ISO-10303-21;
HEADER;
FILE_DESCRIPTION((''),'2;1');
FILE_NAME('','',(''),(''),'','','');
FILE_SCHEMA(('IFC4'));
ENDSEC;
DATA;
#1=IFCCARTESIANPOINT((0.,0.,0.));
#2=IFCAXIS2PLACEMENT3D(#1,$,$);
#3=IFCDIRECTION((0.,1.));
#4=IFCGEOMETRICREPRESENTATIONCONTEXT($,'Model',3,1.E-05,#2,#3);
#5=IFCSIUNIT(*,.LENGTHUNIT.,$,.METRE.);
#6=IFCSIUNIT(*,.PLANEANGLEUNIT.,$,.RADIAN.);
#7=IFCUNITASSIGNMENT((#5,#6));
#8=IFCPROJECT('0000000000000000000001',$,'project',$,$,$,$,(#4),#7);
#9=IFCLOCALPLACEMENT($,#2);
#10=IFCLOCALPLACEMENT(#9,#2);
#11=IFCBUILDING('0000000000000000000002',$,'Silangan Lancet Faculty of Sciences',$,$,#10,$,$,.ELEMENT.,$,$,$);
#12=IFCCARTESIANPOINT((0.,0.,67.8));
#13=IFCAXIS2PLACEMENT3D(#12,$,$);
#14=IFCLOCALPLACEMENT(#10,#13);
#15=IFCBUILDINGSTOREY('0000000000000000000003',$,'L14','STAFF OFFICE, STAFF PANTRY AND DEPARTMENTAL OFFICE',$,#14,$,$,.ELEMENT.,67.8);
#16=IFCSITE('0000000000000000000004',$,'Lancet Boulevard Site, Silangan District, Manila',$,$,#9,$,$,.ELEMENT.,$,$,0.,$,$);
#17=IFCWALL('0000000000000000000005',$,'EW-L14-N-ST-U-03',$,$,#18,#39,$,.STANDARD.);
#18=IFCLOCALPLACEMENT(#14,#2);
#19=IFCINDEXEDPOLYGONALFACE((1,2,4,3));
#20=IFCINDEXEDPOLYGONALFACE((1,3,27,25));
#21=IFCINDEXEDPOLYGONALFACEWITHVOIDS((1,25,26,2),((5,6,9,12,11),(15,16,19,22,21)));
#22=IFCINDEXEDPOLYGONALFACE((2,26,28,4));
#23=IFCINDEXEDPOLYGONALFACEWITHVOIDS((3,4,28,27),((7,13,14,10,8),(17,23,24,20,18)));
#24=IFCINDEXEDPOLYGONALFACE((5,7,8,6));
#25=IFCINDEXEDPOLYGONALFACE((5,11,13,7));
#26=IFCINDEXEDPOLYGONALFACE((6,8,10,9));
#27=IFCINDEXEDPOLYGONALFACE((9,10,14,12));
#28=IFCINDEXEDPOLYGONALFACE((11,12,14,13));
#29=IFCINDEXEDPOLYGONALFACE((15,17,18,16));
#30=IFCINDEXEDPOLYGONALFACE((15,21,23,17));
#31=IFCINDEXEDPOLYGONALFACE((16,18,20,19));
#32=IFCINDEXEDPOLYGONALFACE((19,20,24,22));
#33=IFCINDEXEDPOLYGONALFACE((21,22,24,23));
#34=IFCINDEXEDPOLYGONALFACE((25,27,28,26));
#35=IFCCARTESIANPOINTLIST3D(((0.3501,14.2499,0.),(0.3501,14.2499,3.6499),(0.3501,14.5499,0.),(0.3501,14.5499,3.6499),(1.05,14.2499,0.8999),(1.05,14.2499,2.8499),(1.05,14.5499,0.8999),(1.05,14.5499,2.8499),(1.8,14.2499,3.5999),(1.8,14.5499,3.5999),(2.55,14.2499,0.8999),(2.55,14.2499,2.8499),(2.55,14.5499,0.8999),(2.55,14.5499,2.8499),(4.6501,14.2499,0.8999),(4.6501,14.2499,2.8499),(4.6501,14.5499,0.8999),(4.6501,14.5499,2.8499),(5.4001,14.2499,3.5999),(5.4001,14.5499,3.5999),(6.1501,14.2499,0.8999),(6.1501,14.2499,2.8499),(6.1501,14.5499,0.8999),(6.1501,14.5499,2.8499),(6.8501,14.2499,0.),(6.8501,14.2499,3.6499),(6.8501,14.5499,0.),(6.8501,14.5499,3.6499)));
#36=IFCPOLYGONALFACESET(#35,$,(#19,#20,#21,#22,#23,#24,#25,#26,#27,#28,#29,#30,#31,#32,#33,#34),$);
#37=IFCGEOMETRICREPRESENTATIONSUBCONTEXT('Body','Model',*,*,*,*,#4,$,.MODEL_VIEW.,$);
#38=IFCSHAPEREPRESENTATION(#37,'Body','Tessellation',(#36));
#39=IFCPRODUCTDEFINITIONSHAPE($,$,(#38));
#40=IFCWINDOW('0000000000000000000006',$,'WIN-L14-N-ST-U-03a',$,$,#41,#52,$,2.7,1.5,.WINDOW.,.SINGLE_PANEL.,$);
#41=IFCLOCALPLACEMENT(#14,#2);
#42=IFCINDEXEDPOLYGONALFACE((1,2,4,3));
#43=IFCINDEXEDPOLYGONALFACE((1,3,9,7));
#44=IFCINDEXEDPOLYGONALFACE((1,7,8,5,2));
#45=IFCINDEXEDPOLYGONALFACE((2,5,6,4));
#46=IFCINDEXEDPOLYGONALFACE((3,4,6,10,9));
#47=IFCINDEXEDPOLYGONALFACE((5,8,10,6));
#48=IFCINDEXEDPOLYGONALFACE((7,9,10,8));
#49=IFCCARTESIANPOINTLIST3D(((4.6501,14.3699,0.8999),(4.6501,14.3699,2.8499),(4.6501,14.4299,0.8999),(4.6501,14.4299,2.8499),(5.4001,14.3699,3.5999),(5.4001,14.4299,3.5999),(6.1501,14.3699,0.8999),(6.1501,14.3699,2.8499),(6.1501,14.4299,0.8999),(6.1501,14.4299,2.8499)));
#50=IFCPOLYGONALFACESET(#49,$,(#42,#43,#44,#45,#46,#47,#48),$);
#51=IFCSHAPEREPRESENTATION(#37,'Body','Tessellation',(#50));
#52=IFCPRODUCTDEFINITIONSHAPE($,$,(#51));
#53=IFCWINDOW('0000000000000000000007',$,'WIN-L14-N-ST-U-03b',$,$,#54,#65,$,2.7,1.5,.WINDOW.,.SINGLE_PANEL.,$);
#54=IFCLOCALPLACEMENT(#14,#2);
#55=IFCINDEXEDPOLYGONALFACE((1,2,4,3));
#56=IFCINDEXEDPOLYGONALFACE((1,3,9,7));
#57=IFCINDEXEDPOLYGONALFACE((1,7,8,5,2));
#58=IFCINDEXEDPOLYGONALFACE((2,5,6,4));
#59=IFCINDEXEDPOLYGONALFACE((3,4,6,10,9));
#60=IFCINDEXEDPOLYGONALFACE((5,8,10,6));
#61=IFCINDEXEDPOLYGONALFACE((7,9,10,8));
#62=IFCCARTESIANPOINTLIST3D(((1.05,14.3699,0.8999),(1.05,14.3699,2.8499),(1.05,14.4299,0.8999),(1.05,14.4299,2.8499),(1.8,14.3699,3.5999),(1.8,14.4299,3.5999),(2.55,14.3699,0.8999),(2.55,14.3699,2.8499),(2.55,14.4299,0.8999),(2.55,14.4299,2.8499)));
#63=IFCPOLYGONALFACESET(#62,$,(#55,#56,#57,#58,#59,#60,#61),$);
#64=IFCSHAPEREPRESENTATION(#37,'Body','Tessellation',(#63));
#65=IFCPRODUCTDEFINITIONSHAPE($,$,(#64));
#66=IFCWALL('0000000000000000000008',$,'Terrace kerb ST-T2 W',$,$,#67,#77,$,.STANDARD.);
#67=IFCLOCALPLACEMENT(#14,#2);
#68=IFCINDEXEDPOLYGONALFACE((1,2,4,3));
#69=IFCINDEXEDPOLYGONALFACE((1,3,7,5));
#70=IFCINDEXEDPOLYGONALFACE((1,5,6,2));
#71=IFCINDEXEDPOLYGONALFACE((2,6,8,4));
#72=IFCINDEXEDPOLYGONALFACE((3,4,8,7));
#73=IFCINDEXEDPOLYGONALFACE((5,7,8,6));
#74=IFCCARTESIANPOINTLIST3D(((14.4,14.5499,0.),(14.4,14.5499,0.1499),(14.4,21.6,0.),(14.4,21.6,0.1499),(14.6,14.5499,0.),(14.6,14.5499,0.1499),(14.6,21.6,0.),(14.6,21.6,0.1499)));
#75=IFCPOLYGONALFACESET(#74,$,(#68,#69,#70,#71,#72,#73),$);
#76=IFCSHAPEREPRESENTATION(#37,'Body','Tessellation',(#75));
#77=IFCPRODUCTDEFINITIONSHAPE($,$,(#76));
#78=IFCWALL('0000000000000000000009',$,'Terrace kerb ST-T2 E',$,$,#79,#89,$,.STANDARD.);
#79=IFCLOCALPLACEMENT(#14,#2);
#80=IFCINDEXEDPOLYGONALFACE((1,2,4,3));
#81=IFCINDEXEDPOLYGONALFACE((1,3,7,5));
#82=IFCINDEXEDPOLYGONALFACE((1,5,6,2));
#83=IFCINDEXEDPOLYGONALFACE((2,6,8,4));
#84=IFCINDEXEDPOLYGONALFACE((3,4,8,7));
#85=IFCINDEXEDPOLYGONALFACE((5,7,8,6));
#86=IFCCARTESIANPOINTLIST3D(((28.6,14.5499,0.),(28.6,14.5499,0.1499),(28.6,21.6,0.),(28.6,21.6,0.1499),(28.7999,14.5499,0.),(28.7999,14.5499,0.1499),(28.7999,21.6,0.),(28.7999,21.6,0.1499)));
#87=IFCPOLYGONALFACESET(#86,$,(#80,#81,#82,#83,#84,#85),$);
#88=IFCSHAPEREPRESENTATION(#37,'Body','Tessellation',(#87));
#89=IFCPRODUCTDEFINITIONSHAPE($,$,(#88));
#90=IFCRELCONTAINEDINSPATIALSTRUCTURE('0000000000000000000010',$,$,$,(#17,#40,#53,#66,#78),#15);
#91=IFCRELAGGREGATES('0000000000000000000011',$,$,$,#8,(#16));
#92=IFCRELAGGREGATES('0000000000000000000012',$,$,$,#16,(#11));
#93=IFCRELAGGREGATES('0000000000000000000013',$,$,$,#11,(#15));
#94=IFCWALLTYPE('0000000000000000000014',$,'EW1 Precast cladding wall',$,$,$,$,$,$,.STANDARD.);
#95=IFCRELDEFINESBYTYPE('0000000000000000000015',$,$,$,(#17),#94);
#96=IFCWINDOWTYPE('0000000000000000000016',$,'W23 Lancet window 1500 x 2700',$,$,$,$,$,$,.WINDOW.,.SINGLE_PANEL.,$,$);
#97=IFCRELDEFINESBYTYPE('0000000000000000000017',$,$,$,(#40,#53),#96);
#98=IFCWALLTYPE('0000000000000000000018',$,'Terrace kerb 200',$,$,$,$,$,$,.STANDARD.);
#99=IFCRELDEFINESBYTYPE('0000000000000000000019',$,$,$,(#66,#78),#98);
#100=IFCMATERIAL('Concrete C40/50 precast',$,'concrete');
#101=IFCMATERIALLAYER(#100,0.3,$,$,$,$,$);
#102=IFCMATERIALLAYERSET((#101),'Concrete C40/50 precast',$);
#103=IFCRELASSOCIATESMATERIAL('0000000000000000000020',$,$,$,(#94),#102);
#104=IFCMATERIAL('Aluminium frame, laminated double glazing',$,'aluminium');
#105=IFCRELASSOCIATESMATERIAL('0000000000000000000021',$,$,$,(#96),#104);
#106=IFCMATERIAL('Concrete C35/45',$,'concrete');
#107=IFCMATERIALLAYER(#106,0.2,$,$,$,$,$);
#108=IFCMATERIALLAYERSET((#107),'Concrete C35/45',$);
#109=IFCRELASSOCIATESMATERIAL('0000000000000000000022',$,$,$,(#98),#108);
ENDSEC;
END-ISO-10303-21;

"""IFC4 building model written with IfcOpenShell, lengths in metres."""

from ifc_helpers import new_model, si_unit, direction, frame, frame_2d, origin, place, context, subcontext, project, spatial, polyline, rectangle, outline, extrude, material, layer, layer_set, type_object, element, fill, save


model = new_model("IFC4")

# Units and contexts
model_context = context("Model", 3, precision=1e-05, world=origin(), true_north=direction((0.0, 1.0)))
body_context = subcontext(model_context, "Body", "Model", "MODEL_VIEW")
ifc_project = project(units=[si_unit("LENGTHUNIT", "METRE"), si_unit("PLANEANGLEUNIT", "RADIAN")], contexts=[model_context])

# Site, building, storey
site_placement = place(None, origin())
site = spatial("IfcSite", under=ifc_project, at=site_placement, Name="Lancet Boulevard Site, Silangan District, Manila", CompositionType="ELEMENT", RefElevation=0.0)
building_placement = place(site_placement, origin())
building = spatial("IfcBuilding", under=site, at=building_placement, Name="Silangan Lancet Faculty of Sciences", CompositionType="ELEMENT")
storey_placement = place(building_placement, frame((0.0, 0.0, 67.8)))
storey = spatial("IfcBuildingStorey", under=building, at=storey_placement, Name="L14", Description="STAFF OFFICE, STAFF PANTRY AND DEPARTMENTAL OFFICE", CompositionType="ELEMENT", Elevation=67.8)

# Shared definitions
ifc_material_1 = material(Name="Concrete C40/50 precast", Category="concrete")
ifc_layer_1 = layer(ifc_material_1, 0.3)
ifc_layer_set_1 = layer_set([ifc_layer_1], Name="Concrete C40/50 precast")
wall_type_1 = type_object("IfcWallType", Name="EW1 Precast cladding wall", PredefinedType="STANDARD", material=ifc_layer_set_1)

# Shared definitions
ifc_material_2 = material(Name="Aluminium frame, laminated double glazing", Category="aluminium")
window_type = type_object("IfcWindowType", Name="W23 Lancet window 1500 x 2700", PartitioningType="SINGLE_PANEL", PredefinedType="WINDOW", material=ifc_material_2)

# Wall, openings, windows
wall_1_placement = place(storey_placement, frame((6.8501, 14.3999, 0.0), z_axis=(0.0, 0.0, 1.0), x_axis=(-1.0, 0.0, 0.0)))
wall_1 = element("IfcWall", 1, at=wall_1_placement, inside=storey, type_object=wall_type_1, Name="EW-L14-N-ST-U-03", PredefinedType="STANDARD", context=body_context, shape_type="SweptSolid", body=[
    extrude(rectangle(XDim=6.5, YDim=0.3, at=frame_2d((3.25, 0.0))), origin(), (0.0, 0.0, 1.0), 3.6499),
])
opening_1_placement = place(wall_1_placement, frame((0.7, 0.0, 0.8999)))
opening_1 = element("IfcOpeningElement", 2, at=opening_1_placement, cuts=wall_1, PredefinedType="OPENING", context=body_context, shape_type="SweptSolid", body=[
    extrude(outline(polyline([(0.0, 0.0), (1.5, 0.0), (1.5, 1.95), (0.75, 2.7), (0.0, 1.95), (0.0, 0.0)])), frame((0.0, 0.1599, 0.0), z_axis=(0.0, -1.0, 0.0), x_axis=(1.0, 0.0, 0.0)), (0.0, 0.0, 1.0), 0.3201),
])
opening_2_placement = place(wall_1_placement, frame((4.3, 0.0, 0.8999)))
opening_2 = element("IfcOpeningElement", 3, at=opening_2_placement, cuts=wall_1, PredefinedType="OPENING", context=body_context, shape_type="SweptSolid", body=[
    extrude(outline(polyline([(0.0, 0.0), (1.5, 0.0), (1.5, 1.95), (0.75, 2.7), (0.0, 1.95), (0.0, 0.0)])), frame((0.0, 0.1599, 0.0), z_axis=(0.0, -1.0, 0.0), x_axis=(1.0, 0.0, 0.0)), (0.0, 0.0, 1.0), 0.3201),
])
window_1_placement = place(opening_1_placement, origin())
window_1 = element("IfcWindow", 4, at=window_1_placement, inside=storey, type_object=window_type, Name="WIN-L14-N-ST-U-03a", OverallHeight=2.7, OverallWidth=1.5, PartitioningType="SINGLE_PANEL", PredefinedType="WINDOW", context=body_context, shape_type="SweptSolid", body=[
    extrude(outline(polyline([(0.0, 0.0), (1.5, 0.0), (1.5, 1.95), (0.75, 2.7), (0.0, 1.95), (0.0, 0.0)])), frame((0.0, 0.03, 0.0), z_axis=(0.0, -1.0, 0.0), x_axis=(1.0, 0.0, 0.0)), (0.0, 0.0, 1.0), 0.0601),
])
fill(opening_1, window_1)
window_2_placement = place(opening_2_placement, origin())
window_2 = element("IfcWindow", 5, at=window_2_placement, inside=storey, type_object=window_type, Name="WIN-L14-N-ST-U-03b", OverallHeight=2.7, OverallWidth=1.5, PartitioningType="SINGLE_PANEL", PredefinedType="WINDOW", context=body_context, shape_type="SweptSolid", body=[
    extrude(outline(polyline([(0.0, 0.0), (1.5, 0.0), (1.5, 1.95), (0.75, 2.7), (0.0, 1.95), (0.0, 0.0)])), frame((0.0, 0.03, 0.0), z_axis=(0.0, -1.0, 0.0), x_axis=(1.0, 0.0, 0.0)), (0.0, 0.0, 1.0), 0.0601),
])
fill(opening_2, window_2)

# Walls
ifc_material_3 = material(Name="Concrete C35/45", Category="concrete")
ifc_layer_2 = layer(ifc_material_3, 0.2)
ifc_layer_set_2 = layer_set([ifc_layer_2], Name="Concrete C35/45")
wall_type_2 = type_object("IfcWallType", Name="Terrace kerb 200", PredefinedType="STANDARD", material=ifc_layer_set_2)
for number, where, z_axis, x_axis, name in (
    (6, (14.5, 14.55, 0.0), (0.0, 0.0, 1.0), (0.0, 1.0, 0.0), "Terrace kerb ST-T2 W"),
    (7, (28.7, 14.55, 0.0), (0.0, 0.0, 1.0), (0.0, 1.0, 0.0), "Terrace kerb ST-T2 E"),
):
    element("IfcWall", number, at=place(storey_placement, frame(where, z_axis=z_axis, x_axis=x_axis)), inside=storey, type_object=wall_type_2, Name=name, PredefinedType="STANDARD", context=body_context, shape_type="SweptSolid", body=[
        extrude(rectangle(XDim=7.05, YDim=0.2, at=frame_2d((3.5249, 0.0))), origin(), (0.0, 0.0, 1.0), 0.1499),
    ])

save(model, "model.ifc")
